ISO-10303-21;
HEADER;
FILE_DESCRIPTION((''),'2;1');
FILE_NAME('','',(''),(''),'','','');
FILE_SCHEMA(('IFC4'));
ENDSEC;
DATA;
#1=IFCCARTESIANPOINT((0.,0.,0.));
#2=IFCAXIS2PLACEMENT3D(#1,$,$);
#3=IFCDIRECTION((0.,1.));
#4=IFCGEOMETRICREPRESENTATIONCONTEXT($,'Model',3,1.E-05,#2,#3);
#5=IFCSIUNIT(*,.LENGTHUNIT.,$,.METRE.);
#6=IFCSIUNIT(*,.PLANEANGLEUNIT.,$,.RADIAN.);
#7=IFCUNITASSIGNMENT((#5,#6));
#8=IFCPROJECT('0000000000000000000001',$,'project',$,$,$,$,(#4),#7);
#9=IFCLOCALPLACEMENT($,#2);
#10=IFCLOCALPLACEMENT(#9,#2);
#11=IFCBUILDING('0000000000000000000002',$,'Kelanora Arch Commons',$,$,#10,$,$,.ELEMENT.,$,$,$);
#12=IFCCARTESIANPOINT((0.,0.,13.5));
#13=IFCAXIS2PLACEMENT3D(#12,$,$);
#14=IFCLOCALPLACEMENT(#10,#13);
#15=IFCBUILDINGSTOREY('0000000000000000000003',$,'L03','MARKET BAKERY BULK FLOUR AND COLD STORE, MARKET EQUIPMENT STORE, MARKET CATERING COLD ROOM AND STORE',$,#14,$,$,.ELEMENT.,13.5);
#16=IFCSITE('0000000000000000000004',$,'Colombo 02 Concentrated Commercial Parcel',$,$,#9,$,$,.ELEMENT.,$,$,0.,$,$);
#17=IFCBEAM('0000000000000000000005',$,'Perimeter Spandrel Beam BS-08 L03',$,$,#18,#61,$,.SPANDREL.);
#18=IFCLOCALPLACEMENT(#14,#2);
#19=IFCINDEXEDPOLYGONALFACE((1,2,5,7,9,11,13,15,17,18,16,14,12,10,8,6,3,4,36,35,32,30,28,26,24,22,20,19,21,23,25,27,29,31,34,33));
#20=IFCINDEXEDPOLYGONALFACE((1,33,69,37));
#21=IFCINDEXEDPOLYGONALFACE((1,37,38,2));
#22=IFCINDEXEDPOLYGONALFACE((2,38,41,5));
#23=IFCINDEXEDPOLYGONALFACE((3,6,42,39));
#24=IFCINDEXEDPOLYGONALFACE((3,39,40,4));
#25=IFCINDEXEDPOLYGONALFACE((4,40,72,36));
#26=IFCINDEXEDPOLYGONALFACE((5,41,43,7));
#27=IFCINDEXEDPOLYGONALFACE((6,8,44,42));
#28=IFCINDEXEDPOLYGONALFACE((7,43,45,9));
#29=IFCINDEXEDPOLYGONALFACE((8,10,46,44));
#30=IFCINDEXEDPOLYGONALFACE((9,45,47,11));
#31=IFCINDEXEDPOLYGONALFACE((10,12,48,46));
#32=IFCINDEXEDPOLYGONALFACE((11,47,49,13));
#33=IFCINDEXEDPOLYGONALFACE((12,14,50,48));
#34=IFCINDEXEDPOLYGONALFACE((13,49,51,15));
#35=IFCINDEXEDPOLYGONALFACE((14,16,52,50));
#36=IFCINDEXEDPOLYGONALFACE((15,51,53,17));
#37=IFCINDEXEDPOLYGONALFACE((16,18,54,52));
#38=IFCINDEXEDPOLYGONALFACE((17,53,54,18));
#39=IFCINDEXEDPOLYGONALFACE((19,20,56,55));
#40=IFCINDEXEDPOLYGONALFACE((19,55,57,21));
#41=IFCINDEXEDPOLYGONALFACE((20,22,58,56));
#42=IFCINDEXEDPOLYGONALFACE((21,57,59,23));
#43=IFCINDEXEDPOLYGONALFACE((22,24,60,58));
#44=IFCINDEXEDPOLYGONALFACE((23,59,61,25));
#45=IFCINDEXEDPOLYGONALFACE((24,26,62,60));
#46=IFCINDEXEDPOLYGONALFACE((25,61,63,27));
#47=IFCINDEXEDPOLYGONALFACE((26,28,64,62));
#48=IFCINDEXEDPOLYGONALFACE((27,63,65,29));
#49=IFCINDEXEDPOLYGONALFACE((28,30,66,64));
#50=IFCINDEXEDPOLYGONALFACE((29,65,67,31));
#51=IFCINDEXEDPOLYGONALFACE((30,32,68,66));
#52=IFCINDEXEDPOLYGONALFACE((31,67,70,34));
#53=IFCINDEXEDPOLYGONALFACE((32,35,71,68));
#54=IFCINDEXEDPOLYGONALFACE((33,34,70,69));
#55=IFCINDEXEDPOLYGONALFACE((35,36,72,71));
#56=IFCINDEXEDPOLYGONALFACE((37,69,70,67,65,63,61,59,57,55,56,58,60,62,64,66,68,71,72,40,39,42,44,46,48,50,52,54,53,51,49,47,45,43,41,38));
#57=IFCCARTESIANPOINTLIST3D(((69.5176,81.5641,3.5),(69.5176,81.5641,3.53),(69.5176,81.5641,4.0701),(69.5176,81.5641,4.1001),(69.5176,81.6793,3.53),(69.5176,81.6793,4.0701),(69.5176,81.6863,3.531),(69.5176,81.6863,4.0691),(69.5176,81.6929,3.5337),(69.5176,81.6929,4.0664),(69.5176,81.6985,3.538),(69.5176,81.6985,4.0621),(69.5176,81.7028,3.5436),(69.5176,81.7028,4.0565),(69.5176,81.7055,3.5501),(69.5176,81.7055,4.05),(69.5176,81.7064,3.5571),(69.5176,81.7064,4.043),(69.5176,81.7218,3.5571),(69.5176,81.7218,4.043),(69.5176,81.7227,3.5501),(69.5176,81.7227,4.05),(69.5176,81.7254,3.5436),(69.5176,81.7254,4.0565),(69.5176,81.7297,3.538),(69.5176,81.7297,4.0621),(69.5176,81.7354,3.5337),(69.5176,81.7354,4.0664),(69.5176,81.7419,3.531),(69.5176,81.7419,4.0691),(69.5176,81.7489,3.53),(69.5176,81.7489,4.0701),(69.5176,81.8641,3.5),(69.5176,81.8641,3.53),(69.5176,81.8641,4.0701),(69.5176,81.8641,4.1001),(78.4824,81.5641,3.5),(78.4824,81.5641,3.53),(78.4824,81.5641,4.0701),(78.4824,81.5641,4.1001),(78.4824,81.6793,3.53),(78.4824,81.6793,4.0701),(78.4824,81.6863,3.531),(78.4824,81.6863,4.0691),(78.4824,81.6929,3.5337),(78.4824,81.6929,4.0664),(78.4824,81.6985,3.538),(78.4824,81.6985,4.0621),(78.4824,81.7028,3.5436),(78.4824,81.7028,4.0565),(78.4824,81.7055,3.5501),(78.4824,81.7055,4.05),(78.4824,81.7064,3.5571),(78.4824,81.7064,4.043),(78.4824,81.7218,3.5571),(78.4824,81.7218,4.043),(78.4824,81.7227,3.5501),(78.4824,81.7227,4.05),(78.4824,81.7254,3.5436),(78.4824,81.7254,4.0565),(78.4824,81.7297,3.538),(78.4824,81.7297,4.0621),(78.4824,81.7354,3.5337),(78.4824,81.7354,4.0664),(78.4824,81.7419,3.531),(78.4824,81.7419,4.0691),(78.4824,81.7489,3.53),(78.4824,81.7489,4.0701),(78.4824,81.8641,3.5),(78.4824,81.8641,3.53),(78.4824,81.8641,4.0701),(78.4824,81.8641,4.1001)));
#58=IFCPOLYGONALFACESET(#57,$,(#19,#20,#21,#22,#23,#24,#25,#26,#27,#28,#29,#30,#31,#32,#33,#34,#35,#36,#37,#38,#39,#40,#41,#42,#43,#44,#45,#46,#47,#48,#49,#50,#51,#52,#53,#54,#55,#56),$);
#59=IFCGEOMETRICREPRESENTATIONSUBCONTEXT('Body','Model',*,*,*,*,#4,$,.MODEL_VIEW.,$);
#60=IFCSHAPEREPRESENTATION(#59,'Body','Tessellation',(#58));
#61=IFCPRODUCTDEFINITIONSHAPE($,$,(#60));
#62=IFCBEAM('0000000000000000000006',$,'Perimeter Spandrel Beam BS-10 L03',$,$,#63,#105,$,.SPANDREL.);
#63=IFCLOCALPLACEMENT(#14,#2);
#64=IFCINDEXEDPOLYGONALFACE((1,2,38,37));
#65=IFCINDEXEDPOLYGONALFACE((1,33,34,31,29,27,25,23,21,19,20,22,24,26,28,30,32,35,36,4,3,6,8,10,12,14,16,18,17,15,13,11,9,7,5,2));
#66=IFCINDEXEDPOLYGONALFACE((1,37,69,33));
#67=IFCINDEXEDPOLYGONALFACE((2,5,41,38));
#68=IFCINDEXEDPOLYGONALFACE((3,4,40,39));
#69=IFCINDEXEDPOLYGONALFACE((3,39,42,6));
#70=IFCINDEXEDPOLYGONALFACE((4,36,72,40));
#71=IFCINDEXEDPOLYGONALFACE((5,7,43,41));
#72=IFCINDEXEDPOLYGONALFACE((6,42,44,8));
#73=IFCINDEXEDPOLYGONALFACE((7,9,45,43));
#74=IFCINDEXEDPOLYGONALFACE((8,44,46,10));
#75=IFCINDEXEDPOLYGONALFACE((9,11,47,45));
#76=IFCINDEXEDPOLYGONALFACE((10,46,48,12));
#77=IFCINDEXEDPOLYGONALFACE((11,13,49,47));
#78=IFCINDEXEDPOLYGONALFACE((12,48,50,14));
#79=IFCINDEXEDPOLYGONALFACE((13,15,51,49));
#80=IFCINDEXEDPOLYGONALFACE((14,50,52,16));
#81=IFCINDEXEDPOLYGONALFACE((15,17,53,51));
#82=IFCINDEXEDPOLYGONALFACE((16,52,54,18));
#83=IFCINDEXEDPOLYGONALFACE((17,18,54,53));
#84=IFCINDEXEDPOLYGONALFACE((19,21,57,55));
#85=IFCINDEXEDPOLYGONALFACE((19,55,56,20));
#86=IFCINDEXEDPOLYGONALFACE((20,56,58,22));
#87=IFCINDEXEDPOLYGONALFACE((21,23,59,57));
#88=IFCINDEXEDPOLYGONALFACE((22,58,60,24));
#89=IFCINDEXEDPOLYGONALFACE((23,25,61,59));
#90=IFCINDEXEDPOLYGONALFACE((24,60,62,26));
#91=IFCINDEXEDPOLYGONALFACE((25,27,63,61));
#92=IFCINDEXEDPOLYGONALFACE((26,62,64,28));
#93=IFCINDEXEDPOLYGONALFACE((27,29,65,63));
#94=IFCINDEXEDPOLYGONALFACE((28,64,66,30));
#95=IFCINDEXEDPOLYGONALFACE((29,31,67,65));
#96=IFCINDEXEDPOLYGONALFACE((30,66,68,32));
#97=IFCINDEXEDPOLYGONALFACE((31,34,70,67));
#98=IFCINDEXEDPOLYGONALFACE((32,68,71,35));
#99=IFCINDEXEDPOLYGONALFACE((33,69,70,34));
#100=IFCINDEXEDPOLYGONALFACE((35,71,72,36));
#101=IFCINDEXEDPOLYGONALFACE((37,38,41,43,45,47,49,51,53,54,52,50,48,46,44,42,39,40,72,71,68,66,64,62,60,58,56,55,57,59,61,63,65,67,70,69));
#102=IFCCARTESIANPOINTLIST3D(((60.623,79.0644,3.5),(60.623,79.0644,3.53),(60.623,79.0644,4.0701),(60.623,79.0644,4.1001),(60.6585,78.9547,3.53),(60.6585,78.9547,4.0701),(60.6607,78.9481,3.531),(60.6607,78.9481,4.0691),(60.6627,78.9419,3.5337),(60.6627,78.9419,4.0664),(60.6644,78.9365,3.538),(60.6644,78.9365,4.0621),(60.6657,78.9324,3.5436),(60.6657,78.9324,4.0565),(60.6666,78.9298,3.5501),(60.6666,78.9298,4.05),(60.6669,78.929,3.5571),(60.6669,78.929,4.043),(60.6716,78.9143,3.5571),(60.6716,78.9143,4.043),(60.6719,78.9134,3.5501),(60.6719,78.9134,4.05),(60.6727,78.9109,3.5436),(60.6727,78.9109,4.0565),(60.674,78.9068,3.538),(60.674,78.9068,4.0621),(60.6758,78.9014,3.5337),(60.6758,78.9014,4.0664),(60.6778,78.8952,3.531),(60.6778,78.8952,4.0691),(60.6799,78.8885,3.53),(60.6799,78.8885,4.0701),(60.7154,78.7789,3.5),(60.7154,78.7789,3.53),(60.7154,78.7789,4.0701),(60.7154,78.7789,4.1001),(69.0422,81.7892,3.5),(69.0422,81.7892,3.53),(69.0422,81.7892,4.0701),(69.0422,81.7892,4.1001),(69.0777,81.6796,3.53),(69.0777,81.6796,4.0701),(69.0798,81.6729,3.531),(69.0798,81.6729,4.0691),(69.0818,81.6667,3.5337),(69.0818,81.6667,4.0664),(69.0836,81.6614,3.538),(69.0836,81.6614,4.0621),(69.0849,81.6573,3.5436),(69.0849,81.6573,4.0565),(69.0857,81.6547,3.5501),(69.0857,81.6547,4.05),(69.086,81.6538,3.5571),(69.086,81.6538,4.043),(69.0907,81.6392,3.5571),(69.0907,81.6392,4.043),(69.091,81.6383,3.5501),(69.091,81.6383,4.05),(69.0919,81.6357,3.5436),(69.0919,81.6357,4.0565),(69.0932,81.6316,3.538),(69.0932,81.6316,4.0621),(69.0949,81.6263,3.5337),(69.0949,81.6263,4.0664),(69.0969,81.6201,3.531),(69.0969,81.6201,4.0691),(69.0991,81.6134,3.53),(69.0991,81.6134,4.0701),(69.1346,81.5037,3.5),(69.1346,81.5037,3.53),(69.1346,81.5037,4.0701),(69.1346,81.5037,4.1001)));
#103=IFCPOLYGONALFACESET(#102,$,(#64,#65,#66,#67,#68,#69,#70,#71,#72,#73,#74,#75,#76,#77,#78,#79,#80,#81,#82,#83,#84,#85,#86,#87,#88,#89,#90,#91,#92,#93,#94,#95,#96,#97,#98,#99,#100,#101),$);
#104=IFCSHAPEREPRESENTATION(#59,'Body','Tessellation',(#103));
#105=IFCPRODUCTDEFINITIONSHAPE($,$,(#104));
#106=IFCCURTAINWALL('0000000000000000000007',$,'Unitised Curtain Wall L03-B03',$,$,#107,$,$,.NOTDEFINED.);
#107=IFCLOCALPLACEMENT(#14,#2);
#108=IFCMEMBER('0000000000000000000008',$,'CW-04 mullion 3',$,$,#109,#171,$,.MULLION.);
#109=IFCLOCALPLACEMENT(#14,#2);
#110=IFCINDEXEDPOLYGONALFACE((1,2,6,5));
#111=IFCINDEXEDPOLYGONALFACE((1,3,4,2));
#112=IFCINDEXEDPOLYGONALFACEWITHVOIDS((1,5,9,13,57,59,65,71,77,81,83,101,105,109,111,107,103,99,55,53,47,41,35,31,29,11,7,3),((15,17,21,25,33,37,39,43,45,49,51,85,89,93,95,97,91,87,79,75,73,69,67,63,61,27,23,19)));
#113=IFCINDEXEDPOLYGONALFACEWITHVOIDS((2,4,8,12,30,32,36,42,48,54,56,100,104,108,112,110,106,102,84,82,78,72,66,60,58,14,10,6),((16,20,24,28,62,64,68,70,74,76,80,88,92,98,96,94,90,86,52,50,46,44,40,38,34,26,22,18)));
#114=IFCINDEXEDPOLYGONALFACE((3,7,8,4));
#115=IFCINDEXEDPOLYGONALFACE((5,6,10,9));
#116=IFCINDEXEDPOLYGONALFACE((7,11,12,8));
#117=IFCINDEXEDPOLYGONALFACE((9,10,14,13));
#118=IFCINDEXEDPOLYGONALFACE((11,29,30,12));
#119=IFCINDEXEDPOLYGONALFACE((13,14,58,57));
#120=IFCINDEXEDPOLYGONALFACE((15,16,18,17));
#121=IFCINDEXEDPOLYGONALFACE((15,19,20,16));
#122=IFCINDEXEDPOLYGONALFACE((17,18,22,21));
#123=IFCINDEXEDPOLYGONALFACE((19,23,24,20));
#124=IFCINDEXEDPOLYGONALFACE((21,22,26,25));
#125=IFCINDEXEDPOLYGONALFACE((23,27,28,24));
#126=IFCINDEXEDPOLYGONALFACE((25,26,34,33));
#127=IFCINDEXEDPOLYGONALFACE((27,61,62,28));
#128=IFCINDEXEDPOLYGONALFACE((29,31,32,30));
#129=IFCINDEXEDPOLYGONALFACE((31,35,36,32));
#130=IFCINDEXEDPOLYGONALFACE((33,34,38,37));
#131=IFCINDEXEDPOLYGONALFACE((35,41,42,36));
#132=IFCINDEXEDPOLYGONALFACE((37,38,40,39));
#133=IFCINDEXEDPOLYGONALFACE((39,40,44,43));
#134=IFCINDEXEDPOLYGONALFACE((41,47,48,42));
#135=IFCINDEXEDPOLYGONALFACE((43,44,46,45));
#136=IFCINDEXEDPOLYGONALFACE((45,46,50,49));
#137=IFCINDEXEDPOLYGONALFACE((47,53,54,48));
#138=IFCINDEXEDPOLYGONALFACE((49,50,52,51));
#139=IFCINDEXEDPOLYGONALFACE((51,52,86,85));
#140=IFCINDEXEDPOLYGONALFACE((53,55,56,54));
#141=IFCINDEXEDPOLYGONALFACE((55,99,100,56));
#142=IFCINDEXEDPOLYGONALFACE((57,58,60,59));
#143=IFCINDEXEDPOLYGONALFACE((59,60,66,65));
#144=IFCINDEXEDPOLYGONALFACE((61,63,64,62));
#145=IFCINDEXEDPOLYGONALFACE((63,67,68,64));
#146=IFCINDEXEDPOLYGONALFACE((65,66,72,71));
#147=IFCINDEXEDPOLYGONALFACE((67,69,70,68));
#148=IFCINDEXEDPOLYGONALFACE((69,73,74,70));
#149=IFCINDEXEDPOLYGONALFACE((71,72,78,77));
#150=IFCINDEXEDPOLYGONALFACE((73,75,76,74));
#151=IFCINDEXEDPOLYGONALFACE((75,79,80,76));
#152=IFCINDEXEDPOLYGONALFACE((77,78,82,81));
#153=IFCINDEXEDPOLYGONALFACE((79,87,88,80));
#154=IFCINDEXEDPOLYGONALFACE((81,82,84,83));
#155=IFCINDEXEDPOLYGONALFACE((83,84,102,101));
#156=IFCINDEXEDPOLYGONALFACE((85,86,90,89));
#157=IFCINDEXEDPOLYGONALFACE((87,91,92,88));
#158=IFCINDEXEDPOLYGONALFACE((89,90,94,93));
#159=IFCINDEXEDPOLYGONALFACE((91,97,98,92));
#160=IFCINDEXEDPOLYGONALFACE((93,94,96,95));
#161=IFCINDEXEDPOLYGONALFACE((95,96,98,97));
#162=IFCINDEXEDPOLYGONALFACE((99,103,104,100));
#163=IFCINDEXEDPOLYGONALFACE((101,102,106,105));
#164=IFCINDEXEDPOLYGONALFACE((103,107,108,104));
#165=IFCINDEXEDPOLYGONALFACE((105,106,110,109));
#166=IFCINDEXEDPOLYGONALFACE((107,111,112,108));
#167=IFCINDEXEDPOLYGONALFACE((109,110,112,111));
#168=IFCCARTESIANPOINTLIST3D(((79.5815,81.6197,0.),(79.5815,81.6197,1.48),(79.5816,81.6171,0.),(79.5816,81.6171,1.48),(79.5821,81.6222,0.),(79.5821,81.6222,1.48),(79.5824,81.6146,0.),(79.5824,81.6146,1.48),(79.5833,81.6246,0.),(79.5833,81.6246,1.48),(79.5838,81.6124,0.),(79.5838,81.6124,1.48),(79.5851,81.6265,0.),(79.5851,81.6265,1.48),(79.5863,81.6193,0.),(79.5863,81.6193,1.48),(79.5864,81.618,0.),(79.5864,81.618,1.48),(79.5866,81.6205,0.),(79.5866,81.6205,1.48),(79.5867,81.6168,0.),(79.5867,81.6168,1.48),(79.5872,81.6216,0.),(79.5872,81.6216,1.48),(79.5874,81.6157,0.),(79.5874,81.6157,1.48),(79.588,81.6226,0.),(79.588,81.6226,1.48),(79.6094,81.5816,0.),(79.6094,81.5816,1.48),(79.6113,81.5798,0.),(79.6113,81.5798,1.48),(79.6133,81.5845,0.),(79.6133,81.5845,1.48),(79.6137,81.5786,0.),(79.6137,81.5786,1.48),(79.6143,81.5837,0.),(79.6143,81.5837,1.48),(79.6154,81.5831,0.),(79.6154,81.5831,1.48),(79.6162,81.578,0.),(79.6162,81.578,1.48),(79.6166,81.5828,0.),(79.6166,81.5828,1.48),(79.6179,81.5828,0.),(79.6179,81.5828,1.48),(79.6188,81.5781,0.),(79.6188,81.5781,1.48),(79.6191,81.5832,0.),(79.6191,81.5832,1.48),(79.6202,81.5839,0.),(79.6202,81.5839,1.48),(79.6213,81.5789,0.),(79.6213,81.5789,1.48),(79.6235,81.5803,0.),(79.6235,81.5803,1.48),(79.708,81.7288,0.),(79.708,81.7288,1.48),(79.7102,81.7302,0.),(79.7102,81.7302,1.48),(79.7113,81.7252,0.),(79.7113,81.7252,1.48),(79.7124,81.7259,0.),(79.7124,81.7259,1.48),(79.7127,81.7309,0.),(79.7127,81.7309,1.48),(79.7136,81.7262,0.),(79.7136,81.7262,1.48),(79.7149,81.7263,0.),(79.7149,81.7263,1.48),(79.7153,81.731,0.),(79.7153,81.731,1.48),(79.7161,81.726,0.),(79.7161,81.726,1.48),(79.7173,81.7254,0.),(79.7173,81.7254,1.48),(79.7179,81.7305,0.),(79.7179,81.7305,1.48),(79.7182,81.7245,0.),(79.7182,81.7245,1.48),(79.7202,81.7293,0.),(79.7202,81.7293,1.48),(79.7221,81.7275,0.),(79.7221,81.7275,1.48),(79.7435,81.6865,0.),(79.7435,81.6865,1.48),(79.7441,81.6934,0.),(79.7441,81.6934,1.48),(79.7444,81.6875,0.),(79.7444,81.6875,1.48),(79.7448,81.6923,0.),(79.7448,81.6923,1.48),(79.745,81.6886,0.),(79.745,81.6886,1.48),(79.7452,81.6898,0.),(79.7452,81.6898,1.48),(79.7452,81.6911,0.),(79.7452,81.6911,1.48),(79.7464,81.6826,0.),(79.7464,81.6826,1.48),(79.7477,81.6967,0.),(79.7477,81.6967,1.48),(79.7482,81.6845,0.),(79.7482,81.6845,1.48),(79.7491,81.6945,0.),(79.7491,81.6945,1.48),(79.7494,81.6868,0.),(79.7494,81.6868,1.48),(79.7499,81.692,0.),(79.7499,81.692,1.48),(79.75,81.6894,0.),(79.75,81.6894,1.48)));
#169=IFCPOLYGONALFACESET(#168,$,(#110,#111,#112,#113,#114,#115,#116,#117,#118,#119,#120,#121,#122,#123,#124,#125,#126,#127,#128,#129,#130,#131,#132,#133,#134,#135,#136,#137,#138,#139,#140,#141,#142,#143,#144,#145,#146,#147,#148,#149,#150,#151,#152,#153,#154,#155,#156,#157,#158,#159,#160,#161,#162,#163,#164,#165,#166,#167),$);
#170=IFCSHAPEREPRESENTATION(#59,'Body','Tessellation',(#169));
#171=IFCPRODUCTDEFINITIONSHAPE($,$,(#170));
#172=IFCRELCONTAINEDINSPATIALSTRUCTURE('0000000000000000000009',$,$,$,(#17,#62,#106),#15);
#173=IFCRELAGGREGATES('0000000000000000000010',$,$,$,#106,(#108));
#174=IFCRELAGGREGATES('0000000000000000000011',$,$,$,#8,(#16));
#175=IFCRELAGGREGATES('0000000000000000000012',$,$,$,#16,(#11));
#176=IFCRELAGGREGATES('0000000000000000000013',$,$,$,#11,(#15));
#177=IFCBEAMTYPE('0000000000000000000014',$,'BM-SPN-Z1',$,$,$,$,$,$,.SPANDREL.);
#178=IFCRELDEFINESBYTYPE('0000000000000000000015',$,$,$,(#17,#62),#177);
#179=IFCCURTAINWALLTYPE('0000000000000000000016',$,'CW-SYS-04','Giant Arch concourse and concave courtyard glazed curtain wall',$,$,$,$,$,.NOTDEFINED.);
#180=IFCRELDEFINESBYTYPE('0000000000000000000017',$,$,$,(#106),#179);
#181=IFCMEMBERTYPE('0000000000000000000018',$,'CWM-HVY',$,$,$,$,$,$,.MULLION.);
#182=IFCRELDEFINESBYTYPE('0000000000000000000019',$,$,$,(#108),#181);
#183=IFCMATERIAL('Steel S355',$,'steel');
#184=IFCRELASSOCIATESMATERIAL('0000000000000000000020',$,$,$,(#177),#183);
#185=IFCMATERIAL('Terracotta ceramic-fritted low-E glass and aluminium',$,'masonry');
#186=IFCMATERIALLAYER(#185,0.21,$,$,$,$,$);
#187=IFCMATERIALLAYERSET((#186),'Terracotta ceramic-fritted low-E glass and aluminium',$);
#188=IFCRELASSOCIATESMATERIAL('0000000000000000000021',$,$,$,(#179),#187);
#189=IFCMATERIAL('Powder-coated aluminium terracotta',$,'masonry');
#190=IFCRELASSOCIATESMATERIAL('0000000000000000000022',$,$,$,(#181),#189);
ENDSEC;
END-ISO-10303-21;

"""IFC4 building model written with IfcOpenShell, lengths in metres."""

from ifc_helpers import new_model, si_unit, direction, frame, origin, origin_2d, place, context, subcontext, project, spatial, hollow_rectangle, i_section, extrude, material, layer, layer_set, material_profile, profile_set, type_object, element, aggregate, save


model = new_model("IFC4")

# Units and contexts
model_context = context("Model", 3, precision=1e-05, world=origin(), true_north=direction((0.0, 1.0)))
body_context = subcontext(model_context, "Body", "Model", "MODEL_VIEW")
ifc_project = project(units=[si_unit("LENGTHUNIT", "METRE"), si_unit("PLANEANGLEUNIT", "RADIAN")], contexts=[model_context])

# Site, building, storey
site_placement = place(None, origin())
site = spatial("IfcSite", under=ifc_project, at=site_placement, Name="Colombo 02 Concentrated Commercial Parcel", CompositionType="ELEMENT", RefElevation=0.0)
building_placement = place(site_placement, origin())
building = spatial("IfcBuilding", under=site, at=building_placement, Name="Kelanora Arch Commons", CompositionType="ELEMENT")
storey_placement = place(building_placement, frame((0.0, 0.0, 13.5)))
storey = spatial("IfcBuildingStorey", under=building, at=storey_placement, Name="L03", Description="MARKET BAKERY BULK FLOUR AND COLD STORE, MARKET EQUIPMENT STORE, MARKET CATERING COLD ROOM AND STORE", CompositionType="ELEMENT", Elevation=13.5)

# Beams
ifc_material_1 = material(Name="Steel S355", Category="steel")
ifc_material_profile_1 = material_profile(ifc_material_1, i_section(OverallWidth=0.3, OverallDepth=0.6001, WebThickness=0.0154, FlangeThickness=0.03, FilletRadius=0.0271, at=origin_2d()), Name="HEB600")
ifc_profile_set_1 = profile_set([ifc_material_profile_1], Name="Steel S355")
beam_type_1 = type_object("IfcBeamType", Name="BM-SPN-Z1", PredefinedType="SPANDREL", material=ifc_profile_set_1)
beam_1_placement = place(storey_placement, frame((78.4824, 81.7141, 3.8), z_axis=(-1.0, 0.0, 0.0), x_axis=(0.0, -1.0, 0.0)))
element("IfcBeam", 1, at=beam_1_placement, inside=storey, type_object=beam_type_1, Name="Perimeter Spandrel Beam BS-08 L03", PredefinedType="SPANDREL", context=body_context, shape_type="SweptSolid", body=[
    extrude(i_section(OverallWidth=0.3, OverallDepth=0.6001, WebThickness=0.0154, FlangeThickness=0.03, FilletRadius=0.0271, at=origin_2d()), origin(), (0.0, 0.0, 1.0), 8.9648),
])
beam_2_placement = place(storey_placement, frame((69.0884, 81.6465, 3.8), z_axis=(-0.951411, -0.307922, 0.0), x_axis=(0.307922, -0.951411, 0.0)))
element("IfcBeam", 2, at=beam_2_placement, inside=storey, type_object=beam_type_1, Name="Perimeter Spandrel Beam BS-10 L03", PredefinedType="SPANDREL", context=body_context, shape_type="SweptSolid", body=[
    extrude(i_section(OverallWidth=0.3, OverallDepth=0.6001, WebThickness=0.0154, FlangeThickness=0.03, FilletRadius=0.0271, at=origin_2d()), origin(), (0.0, 0.0, 1.0), 8.8491),
])

# Curtain wall, member
ifc_material_2 = material(Name="Terracotta ceramic-fritted low-E glass and aluminium", Category="masonry")
ifc_layer_1 = layer(ifc_material_2, 0.21)
ifc_layer_set_1 = layer_set([ifc_layer_1], Name="Terracotta ceramic-fritted low-E glass and aluminium")
curtain_wall_type = type_object("IfcCurtainWallType", Name="CW-SYS-04", Description="Giant Arch concourse and concave courtyard glazed curtain wall", PredefinedType="NOTDEFINED", material=ifc_layer_set_1)
curtain_wall_1_placement = place(storey_placement, origin())
curtain_wall_1 = element("IfcCurtainWall", 3, at=curtain_wall_1_placement, inside=storey, type_object=curtain_wall_type, Name="Unitised Curtain Wall L03-B03", PredefinedType="NOTDEFINED")
ifc_material_3 = material(Name="Powder-coated aluminium terracotta", Category="masonry")
ifc_material_profile_2 = material_profile(ifc_material_3, hollow_rectangle(XDim=0.1799, YDim=0.0601, WallThickness=0.0049, InnerFilletRadius=0.0049, OuterFilletRadius=0.01, at=origin_2d()), Name="CWM180x60")
ifc_profile_set_2 = profile_set([ifc_material_profile_2], Name="Powder-coated aluminium terracotta")
member_type_1 = type_object("IfcMemberType", Name="CWM-HVY", PredefinedType="MULLION", material=ifc_profile_set_2)
member_1_placement = place(storey_placement, frame((79.6658, 81.6545, 0.0), z_axis=(0.0, 0.0, 1.0), x_axis=(-0.768623, -0.639702, 0.0)))
member_1 = element("IfcMember", 4, at=member_1_placement, type_object=member_type_1, Name="CW-04 mullion 3", PredefinedType="MULLION", context=body_context, shape_type="SweptSolid", body=[
    extrude(hollow_rectangle(XDim=0.1799, YDim=0.0601, WallThickness=0.0049, InnerFilletRadius=0.0049, OuterFilletRadius=0.01, at=origin_2d()), origin(), (0.0, 0.0, 1.0), 1.48),
])

aggregate(curtain_wall_1, [member_1])

save(model, "model.ifc")
